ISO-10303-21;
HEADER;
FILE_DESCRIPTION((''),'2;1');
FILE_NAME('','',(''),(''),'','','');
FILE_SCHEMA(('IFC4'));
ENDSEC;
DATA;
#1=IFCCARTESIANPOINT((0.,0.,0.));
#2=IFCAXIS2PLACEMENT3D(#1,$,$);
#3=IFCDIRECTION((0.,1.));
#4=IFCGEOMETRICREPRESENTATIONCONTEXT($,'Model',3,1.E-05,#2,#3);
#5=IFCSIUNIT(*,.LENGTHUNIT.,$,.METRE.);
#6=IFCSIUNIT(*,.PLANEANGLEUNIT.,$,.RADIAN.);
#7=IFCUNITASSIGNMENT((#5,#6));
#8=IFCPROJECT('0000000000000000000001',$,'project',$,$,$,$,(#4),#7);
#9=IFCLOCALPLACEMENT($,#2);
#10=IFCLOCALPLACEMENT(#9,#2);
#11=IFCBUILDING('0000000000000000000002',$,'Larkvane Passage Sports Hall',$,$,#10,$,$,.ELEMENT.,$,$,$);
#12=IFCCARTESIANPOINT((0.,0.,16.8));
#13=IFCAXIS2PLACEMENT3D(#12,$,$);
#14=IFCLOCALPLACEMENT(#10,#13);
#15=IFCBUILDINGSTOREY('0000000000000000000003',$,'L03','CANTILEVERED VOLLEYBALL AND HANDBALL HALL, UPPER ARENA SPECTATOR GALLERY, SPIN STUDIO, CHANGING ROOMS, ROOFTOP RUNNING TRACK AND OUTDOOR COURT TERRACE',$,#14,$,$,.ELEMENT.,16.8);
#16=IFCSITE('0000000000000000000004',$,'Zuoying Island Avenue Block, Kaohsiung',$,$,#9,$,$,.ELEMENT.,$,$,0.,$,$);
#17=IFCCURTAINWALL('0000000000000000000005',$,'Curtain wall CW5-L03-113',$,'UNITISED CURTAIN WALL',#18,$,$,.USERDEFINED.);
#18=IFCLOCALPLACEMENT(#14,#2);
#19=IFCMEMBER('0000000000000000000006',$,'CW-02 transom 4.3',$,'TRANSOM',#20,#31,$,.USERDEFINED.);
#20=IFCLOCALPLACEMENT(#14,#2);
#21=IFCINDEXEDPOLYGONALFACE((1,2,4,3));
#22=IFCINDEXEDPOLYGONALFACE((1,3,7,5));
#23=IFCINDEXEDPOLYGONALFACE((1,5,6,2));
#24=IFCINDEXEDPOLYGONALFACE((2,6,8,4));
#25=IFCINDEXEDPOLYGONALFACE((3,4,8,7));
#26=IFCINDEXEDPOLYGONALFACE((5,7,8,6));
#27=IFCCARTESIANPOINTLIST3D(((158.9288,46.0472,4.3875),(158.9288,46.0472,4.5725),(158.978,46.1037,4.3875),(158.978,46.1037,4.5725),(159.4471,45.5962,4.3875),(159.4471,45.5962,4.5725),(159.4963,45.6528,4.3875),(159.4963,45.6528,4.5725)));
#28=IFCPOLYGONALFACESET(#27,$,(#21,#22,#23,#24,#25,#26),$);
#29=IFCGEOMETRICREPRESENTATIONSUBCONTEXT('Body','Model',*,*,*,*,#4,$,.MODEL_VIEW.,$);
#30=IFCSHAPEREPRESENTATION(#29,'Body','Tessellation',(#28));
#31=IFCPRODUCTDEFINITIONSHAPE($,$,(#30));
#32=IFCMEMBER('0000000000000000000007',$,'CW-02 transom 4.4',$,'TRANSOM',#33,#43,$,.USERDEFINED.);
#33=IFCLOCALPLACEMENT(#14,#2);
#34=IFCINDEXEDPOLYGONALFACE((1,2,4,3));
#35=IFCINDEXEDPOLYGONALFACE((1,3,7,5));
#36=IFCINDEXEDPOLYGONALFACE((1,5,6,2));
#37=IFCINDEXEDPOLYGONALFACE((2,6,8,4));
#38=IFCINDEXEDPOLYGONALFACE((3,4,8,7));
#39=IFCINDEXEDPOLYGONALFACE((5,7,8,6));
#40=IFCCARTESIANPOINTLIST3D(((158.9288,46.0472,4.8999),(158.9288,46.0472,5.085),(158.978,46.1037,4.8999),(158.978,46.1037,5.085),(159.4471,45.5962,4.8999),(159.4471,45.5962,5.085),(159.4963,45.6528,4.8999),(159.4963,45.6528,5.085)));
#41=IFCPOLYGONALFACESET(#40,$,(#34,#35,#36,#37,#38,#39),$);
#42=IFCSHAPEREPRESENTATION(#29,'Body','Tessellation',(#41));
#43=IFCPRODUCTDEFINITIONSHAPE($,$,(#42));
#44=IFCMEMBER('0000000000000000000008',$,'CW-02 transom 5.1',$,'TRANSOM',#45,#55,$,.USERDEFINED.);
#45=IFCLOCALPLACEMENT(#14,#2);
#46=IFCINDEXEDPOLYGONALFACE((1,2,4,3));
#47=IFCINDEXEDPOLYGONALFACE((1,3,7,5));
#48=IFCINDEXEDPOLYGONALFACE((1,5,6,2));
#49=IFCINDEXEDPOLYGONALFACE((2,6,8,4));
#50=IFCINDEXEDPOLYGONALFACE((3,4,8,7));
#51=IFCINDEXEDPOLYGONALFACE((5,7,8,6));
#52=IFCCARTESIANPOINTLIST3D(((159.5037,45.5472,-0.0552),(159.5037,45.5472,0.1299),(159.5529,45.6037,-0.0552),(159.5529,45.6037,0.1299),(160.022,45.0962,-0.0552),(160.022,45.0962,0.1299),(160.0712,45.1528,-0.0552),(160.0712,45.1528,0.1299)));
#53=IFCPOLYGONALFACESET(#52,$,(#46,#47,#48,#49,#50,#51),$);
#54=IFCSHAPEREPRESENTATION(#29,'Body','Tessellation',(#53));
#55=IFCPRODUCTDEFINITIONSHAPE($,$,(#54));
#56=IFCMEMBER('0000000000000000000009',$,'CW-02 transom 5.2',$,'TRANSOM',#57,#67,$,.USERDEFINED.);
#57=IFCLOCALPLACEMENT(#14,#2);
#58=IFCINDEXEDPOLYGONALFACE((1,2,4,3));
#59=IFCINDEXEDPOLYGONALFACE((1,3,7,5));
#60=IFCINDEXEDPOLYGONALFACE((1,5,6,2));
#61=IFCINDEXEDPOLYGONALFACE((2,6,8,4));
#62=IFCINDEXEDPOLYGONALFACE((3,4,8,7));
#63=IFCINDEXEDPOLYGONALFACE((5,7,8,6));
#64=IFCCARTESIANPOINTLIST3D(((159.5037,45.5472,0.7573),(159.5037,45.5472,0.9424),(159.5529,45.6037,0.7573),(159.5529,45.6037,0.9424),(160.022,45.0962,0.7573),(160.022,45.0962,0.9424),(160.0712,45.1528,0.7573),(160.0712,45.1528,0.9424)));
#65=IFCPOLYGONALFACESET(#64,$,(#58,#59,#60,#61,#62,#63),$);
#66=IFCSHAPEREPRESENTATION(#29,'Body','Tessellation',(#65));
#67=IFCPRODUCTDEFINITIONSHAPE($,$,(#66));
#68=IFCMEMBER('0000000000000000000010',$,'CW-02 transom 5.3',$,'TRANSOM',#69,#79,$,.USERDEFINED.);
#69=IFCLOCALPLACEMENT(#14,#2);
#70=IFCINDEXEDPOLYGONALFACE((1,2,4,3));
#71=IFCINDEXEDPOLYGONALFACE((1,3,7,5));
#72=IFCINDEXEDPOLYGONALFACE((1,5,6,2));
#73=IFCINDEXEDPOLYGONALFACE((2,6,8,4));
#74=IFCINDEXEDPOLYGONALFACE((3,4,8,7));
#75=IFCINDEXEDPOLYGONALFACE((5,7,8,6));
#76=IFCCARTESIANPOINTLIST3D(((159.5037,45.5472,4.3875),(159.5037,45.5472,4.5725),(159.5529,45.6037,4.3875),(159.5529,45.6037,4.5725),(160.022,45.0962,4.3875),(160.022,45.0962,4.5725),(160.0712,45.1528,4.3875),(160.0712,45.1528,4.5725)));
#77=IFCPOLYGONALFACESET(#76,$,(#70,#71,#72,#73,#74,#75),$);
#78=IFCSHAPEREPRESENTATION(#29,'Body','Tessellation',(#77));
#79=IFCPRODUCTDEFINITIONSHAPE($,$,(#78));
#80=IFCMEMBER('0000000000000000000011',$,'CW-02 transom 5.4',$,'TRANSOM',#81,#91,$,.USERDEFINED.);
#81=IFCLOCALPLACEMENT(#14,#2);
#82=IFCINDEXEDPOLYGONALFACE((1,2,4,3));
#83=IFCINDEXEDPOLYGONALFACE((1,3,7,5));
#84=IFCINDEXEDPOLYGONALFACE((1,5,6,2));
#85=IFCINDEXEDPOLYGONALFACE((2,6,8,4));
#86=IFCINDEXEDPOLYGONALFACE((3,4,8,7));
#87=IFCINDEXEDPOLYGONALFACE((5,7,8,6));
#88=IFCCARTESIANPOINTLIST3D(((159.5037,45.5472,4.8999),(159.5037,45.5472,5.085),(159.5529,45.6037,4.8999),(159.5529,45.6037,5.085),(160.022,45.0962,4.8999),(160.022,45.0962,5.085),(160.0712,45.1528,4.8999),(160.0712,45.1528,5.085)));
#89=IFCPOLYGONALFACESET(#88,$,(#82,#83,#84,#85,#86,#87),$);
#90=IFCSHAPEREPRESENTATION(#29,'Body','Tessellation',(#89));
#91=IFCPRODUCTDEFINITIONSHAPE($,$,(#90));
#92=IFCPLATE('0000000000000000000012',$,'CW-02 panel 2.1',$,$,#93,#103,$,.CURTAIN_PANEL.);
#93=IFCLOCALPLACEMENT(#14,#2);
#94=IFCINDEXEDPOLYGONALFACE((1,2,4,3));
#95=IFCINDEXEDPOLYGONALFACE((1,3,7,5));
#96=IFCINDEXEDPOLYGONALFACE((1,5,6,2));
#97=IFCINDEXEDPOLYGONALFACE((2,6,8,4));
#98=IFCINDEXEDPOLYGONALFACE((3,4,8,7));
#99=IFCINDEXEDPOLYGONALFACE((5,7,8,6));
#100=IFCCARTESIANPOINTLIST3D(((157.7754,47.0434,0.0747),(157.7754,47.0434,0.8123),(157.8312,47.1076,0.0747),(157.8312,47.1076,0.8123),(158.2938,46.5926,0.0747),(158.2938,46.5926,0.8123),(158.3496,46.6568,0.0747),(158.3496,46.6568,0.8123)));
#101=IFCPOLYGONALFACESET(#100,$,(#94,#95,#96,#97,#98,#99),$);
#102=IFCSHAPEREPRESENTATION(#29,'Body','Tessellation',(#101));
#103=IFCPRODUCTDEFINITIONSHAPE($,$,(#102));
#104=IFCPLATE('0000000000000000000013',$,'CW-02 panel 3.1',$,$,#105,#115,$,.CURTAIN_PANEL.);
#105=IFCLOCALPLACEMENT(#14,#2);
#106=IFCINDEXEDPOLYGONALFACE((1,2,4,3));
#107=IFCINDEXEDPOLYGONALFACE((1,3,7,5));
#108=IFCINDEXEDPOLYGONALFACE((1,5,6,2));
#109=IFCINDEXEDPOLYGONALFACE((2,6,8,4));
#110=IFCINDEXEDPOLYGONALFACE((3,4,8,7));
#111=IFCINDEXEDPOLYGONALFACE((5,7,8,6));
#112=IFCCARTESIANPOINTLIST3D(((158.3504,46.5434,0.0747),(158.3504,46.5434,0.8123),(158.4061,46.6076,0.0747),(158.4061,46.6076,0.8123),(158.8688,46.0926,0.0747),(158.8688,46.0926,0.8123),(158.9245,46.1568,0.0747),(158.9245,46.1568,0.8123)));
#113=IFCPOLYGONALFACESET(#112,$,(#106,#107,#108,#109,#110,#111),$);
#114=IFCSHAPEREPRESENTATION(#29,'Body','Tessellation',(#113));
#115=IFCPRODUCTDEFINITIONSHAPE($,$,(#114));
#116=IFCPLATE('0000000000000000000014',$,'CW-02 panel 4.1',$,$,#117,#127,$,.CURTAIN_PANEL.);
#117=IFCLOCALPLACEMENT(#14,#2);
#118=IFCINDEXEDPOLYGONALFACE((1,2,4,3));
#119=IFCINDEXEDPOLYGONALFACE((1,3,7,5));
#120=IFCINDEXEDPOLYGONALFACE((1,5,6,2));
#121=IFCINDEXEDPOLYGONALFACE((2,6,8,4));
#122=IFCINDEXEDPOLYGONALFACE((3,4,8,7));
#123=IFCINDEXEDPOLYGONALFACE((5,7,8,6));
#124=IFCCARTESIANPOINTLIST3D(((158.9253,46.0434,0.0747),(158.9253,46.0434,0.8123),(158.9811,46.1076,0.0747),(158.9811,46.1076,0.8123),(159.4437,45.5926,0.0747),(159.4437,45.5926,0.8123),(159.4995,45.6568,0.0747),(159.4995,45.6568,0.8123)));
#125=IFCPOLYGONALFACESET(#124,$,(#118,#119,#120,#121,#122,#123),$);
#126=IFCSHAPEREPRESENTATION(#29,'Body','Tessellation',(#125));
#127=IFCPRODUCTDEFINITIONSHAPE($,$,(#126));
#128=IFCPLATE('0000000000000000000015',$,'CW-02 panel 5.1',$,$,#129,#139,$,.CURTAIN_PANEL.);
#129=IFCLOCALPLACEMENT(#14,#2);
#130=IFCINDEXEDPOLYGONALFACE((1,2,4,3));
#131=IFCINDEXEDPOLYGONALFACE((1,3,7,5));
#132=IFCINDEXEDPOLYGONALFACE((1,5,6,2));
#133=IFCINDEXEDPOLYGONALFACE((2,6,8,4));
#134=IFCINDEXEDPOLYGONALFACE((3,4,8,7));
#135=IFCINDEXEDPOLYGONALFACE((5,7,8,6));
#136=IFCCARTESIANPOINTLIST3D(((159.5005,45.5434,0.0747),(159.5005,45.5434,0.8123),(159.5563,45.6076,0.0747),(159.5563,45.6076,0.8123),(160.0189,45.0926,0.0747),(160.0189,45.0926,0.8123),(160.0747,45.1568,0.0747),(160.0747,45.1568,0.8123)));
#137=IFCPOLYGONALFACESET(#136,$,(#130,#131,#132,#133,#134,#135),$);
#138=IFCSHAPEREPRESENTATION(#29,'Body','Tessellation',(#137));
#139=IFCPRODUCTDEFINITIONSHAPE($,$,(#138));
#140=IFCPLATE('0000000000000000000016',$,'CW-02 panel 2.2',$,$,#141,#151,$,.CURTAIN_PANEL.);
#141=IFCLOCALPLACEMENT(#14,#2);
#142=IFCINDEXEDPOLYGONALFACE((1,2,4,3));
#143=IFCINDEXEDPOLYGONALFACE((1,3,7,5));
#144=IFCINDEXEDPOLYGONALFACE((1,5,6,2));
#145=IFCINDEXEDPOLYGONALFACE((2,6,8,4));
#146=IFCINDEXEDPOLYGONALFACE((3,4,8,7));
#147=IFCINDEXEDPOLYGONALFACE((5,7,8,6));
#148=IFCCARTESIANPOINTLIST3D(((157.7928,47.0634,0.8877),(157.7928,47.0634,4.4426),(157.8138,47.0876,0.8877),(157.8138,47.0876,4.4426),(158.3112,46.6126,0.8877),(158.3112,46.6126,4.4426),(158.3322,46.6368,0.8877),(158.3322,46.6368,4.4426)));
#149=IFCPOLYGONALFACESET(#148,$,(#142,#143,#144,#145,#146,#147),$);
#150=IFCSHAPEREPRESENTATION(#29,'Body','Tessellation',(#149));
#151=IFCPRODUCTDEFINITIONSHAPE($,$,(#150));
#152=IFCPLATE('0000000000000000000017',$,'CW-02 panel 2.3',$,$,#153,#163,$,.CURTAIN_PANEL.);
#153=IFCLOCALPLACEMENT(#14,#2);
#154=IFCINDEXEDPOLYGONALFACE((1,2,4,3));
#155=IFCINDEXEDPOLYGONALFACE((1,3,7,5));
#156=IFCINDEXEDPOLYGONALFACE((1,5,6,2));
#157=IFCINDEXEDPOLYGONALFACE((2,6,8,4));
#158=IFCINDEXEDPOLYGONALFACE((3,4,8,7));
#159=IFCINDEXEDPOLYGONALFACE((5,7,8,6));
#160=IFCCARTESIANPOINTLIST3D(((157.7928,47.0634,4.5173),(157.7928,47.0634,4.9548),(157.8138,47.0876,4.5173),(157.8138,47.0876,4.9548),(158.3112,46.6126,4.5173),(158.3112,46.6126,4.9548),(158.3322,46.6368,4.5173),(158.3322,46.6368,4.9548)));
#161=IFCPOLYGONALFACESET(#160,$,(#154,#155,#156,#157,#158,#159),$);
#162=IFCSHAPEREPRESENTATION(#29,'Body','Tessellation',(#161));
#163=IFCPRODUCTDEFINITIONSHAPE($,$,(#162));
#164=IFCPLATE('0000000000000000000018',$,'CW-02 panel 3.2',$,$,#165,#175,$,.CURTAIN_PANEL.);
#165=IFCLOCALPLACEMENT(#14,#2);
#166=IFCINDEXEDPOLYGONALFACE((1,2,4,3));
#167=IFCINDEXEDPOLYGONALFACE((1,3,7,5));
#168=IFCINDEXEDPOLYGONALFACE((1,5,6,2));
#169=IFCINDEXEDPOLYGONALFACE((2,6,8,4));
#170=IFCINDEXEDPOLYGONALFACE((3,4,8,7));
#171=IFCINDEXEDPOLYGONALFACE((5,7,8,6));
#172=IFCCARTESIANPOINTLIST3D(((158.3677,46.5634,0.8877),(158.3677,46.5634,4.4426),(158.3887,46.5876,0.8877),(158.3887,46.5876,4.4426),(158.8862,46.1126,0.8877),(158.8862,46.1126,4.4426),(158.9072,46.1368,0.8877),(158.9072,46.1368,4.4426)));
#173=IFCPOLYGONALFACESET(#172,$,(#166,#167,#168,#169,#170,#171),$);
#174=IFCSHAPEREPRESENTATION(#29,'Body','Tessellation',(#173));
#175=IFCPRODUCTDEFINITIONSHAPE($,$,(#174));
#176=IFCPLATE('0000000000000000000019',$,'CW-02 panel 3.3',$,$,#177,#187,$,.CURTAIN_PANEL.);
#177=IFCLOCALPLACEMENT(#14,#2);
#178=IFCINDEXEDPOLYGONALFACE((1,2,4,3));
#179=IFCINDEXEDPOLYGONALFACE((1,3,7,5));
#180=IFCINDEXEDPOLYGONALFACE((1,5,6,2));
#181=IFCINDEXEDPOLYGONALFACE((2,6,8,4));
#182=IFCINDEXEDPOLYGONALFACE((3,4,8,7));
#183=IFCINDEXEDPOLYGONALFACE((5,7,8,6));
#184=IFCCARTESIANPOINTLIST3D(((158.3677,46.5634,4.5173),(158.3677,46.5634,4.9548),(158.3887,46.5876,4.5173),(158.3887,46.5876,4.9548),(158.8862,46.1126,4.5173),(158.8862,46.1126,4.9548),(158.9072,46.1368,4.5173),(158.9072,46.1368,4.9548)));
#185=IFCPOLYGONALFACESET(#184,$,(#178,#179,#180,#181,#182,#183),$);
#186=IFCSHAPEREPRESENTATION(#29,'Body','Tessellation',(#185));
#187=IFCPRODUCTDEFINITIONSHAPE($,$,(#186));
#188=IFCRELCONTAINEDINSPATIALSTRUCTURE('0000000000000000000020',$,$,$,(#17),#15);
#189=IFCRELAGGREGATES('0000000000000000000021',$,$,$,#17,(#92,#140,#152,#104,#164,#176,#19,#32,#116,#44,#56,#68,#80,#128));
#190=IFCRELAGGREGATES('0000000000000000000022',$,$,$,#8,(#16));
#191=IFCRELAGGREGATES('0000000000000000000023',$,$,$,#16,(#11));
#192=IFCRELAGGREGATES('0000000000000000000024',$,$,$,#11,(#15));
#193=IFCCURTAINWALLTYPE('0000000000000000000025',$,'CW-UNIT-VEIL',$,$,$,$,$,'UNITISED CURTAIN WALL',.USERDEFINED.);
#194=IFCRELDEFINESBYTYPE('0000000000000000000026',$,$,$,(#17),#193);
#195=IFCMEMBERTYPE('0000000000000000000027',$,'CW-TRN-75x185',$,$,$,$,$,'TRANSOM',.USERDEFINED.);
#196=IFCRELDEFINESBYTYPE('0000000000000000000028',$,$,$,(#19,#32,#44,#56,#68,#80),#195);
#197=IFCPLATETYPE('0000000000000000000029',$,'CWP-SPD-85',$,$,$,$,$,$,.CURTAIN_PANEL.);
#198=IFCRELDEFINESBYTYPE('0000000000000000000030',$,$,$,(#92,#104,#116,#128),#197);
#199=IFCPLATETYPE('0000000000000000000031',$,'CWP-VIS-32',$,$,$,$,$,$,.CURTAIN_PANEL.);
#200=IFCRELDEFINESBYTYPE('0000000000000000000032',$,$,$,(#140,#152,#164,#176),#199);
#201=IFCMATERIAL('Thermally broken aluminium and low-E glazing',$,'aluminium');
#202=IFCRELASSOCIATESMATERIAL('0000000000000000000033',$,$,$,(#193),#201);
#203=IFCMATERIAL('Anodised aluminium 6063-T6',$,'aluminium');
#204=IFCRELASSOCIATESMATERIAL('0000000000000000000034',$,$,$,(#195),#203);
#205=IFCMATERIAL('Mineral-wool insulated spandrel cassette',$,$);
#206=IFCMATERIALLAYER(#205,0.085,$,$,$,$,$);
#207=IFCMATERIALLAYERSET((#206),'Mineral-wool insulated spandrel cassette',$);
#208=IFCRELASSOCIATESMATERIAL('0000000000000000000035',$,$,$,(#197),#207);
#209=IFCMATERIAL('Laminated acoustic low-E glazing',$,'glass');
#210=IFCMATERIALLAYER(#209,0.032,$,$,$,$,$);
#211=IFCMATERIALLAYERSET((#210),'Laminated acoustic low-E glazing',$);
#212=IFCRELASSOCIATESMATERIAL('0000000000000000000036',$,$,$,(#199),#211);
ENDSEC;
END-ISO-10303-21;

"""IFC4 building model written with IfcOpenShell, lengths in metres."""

from ifc_helpers import new_model, si_unit, direction, frame, origin, origin_2d, place, context, subcontext, project, spatial, rectangle, extrude, material, layer, layer_set, material_profile, profile_set, type_object, element, aggregate, save


model = new_model("IFC4")

# Units and contexts
model_context = context("Model", 3, precision=1e-05, world=origin(), true_north=direction((0.0, 1.0)))
body_context = subcontext(model_context, "Body", "Model", "MODEL_VIEW")
ifc_project = project(units=[si_unit("LENGTHUNIT", "METRE"), si_unit("PLANEANGLEUNIT", "RADIAN")], contexts=[model_context])

# Site, building, storey
site_placement = place(None, origin())
site = spatial("IfcSite", under=ifc_project, at=site_placement, Name="Zuoying Island Avenue Block, Kaohsiung", CompositionType="ELEMENT", RefElevation=0.0)
building_placement = place(site_placement, origin())
building = spatial("IfcBuilding", under=site, at=building_placement, Name="Larkvane Passage Sports Hall", CompositionType="ELEMENT")
storey_placement = place(building_placement, frame((0.0, 0.0, 16.8)))
storey = spatial("IfcBuildingStorey", under=building, at=storey_placement, Name="L03", Description="CANTILEVERED VOLLEYBALL AND HANDBALL HALL, UPPER ARENA SPECTATOR GALLERY, SPIN STUDIO, CHANGING ROOMS, ROOFTOP RUNNING TRACK AND OUTDOOR COURT TERRACE", CompositionType="ELEMENT", Elevation=16.8)

# Curtain wall, members, plates
ifc_material_1 = material(Name="Thermally broken aluminium and low-E glazing", Category="aluminium")
curtain_wall_type = type_object("IfcCurtainWallType", Name="CW-UNIT-VEIL", ElementType="UNITISED CURTAIN WALL", PredefinedType="USERDEFINED", material=ifc_material_1)
curtain_wall_placement = place(storey_placement, origin())
curtain_wall = element("IfcCurtainWall", 1, at=curtain_wall_placement, inside=storey, type_object=curtain_wall_type, Name="Curtain wall CW5-L03-113", ObjectType="UNITISED CURTAIN WALL", PredefinedType="USERDEFINED")
ifc_material_2 = material(Name="Anodised aluminium 6063-T6", Category="aluminium")
ifc_material_profile_1 = material_profile(ifc_material_2, rectangle(XDim=0.075, YDim=0.1851, at=origin_2d()), Name="ALU-TRN-75x185")
ifc_profile_set_1 = profile_set([ifc_material_profile_1], Name="Anodised aluminium 6063-T6")
member_type_1 = type_object("IfcMemberType", Name="CW-TRN-75x185", ElementType="TRANSOM", PredefinedType="USERDEFINED", material=ifc_profile_set_1)
member_1_placement = place(storey_placement, frame((158.9534, 46.0754, 4.48), z_axis=(0.754445, -0.656363, 0.0), x_axis=(0.656363, 0.754445, 0.0)))
member_1 = element("IfcMember", 2, at=member_1_placement, type_object=member_type_1, Name="CW-02 transom 4.3", ObjectType="TRANSOM", PredefinedType="USERDEFINED", context=body_context, shape_type="SweptSolid", body=[
    extrude(rectangle(XDim=0.075, YDim=0.1851, at=origin_2d()), origin(), (0.0, 0.0, 1.0), 0.687),
])
member_2_placement = place(storey_placement, frame((158.9534, 46.0754, 4.9924), z_axis=(0.754445, -0.656363, 0.0), x_axis=(0.656363, 0.754445, 0.0)))
member_2 = element("IfcMember", 3, at=member_2_placement, type_object=member_type_1, Name="CW-02 transom 4.4", ObjectType="TRANSOM", PredefinedType="USERDEFINED", context=body_context, shape_type="SweptSolid", body=[
    extrude(rectangle(XDim=0.075, YDim=0.1851, at=origin_2d()), origin(), (0.0, 0.0, 1.0), 0.687),
])
member_3_placement = place(storey_placement, frame((159.5283, 45.5754, 0.0374), z_axis=(0.754445, -0.656363, 0.0), x_axis=(0.656363, 0.754445, 0.0)))
member_3 = element("IfcMember", 4, at=member_3_placement, type_object=member_type_1, Name="CW-02 transom 5.1", ObjectType="TRANSOM", PredefinedType="USERDEFINED", context=body_context, shape_type="SweptSolid", body=[
    extrude(rectangle(XDim=0.075, YDim=0.1851, at=origin_2d()), origin(), (0.0, 0.0, 1.0), 0.687),
])
member_4_placement = place(storey_placement, frame((159.5283, 45.5754, 0.8499), z_axis=(0.754445, -0.656363, 0.0), x_axis=(0.656363, 0.754445, 0.0)))
member_4 = element("IfcMember", 5, at=member_4_placement, type_object=member_type_1, Name="CW-02 transom 5.2", ObjectType="TRANSOM", PredefinedType="USERDEFINED", context=body_context, shape_type="SweptSolid", body=[
    extrude(rectangle(XDim=0.075, YDim=0.1851, at=origin_2d()), origin(), (0.0, 0.0, 1.0), 0.687),
])
member_5_placement = place(storey_placement, frame((159.5283, 45.5754, 4.48), z_axis=(0.754445, -0.656363, 0.0), x_axis=(0.656363, 0.754445, 0.0)))
member_5 = element("IfcMember", 6, at=member_5_placement, type_object=member_type_1, Name="CW-02 transom 5.3", ObjectType="TRANSOM", PredefinedType="USERDEFINED", context=body_context, shape_type="SweptSolid", body=[
    extrude(rectangle(XDim=0.075, YDim=0.1851, at=origin_2d()), origin(), (0.0, 0.0, 1.0), 0.687),
])
member_6_placement = place(storey_placement, frame((159.5283, 45.5754, 4.9924), z_axis=(0.754445, -0.656363, 0.0), x_axis=(0.656363, 0.754445, 0.0)))
member_6 = element("IfcMember", 7, at=member_6_placement, type_object=member_type_1, Name="CW-02 transom 5.4", ObjectType="TRANSOM", PredefinedType="USERDEFINED", context=body_context, shape_type="SweptSolid", body=[
    extrude(rectangle(XDim=0.075, YDim=0.1851, at=origin_2d()), origin(), (0.0, 0.0, 1.0), 0.687),
])
ifc_material_3 = material(Name="Mineral-wool insulated spandrel cassette")
ifc_layer_1 = layer(ifc_material_3, 0.085)
ifc_layer_set_1 = layer_set([ifc_layer_1], Name="Mineral-wool insulated spandrel cassette")
plate_type_1 = type_object("IfcPlateType", Name="CWP-SPD-85", PredefinedType="CURTAIN_PANEL", material=ifc_layer_set_1)
plate_1_placement = place(storey_placement, frame((158.0625, 46.8501, 0.0747), z_axis=(0.0, 0.0, 1.0), x_axis=(0.754606, -0.656179, 0.0)))
plate_1 = element("IfcPlate", 8, at=plate_1_placement, type_object=plate_type_1, Name="CW-02 panel 2.1", PredefinedType="CURTAIN_PANEL", context=body_context, shape_type="SweptSolid", body=[
    extrude(rectangle(XDim=0.687, YDim=0.085, at=origin_2d()), origin(), (0.0, 0.0, 1.0), 0.7375),
])
plate_2_placement = place(storey_placement, frame((158.6375, 46.3501, 0.0747), z_axis=(0.0, 0.0, 1.0), x_axis=(0.754606, -0.656179, 0.0)))
plate_2 = element("IfcPlate", 9, at=plate_2_placement, type_object=plate_type_1, Name="CW-02 panel 3.1", PredefinedType="CURTAIN_PANEL", context=body_context, shape_type="SweptSolid", body=[
    extrude(rectangle(XDim=0.687, YDim=0.085, at=origin_2d()), origin(), (0.0, 0.0, 1.0), 0.7375),
])
plate_3_placement = place(storey_placement, frame((159.2124, 45.8501, 0.0747), z_axis=(0.0, 0.0, 1.0), x_axis=(0.754606, -0.656179, 0.0)))
plate_3 = element("IfcPlate", 10, at=plate_3_placement, type_object=plate_type_1, Name="CW-02 panel 4.1", PredefinedType="CURTAIN_PANEL", context=body_context, shape_type="SweptSolid", body=[
    extrude(rectangle(XDim=0.687, YDim=0.085, at=origin_2d()), origin(), (0.0, 0.0, 1.0), 0.7375),
])
plate_4_placement = place(storey_placement, frame((159.7876, 45.3501, 0.0747), z_axis=(0.0, 0.0, 1.0), x_axis=(0.754606, -0.656179, 0.0)))
plate_4 = element("IfcPlate", 11, at=plate_4_placement, type_object=plate_type_1, Name="CW-02 panel 5.1", PredefinedType="CURTAIN_PANEL", context=body_context, shape_type="SweptSolid", body=[
    extrude(rectangle(XDim=0.687, YDim=0.085, at=origin_2d()), origin(), (0.0, 0.0, 1.0), 0.7375),
])
ifc_material_4 = material(Name="Laminated acoustic low-E glazing", Category="glass")
ifc_layer_2 = layer(ifc_material_4, 0.032)
ifc_layer_set_2 = layer_set([ifc_layer_2], Name="Laminated acoustic low-E glazing")
plate_type_2 = type_object("IfcPlateType", Name="CWP-VIS-32", PredefinedType="CURTAIN_PANEL", material=ifc_layer_set_2)
plate_5_placement = place(storey_placement, frame((158.0625, 46.8501, 0.8877), z_axis=(0.0, 0.0, 1.0), x_axis=(0.754606, -0.656179, 0.0)))
plate_5 = element("IfcPlate", 12, at=plate_5_placement, type_object=plate_type_2, Name="CW-02 panel 2.2", PredefinedType="CURTAIN_PANEL", context=body_context, shape_type="SweptSolid", body=[
    extrude(rectangle(XDim=0.687, YDim=0.032, at=origin_2d()), origin(), (0.0, 0.0, 1.0), 3.5549),
])
plate_6_placement = place(storey_placement, frame((158.0625, 46.8501, 4.5173), z_axis=(0.0, 0.0, 1.0), x_axis=(0.754606, -0.656179, 0.0)))
plate_6 = element("IfcPlate", 13, at=plate_6_placement, type_object=plate_type_2, Name="CW-02 panel 2.3", PredefinedType="CURTAIN_PANEL", context=body_context, shape_type="SweptSolid", body=[
    extrude(rectangle(XDim=0.687, YDim=0.032, at=origin_2d()), origin(), (0.0, 0.0, 1.0), 0.4375),
])
plate_7_placement = place(storey_placement, frame((158.6375, 46.3501, 0.8877), z_axis=(0.0, 0.0, 1.0), x_axis=(0.754606, -0.656179, 0.0)))
plate_7 = element("IfcPlate", 14, at=plate_7_placement, type_object=plate_type_2, Name="CW-02 panel 3.2", PredefinedType="CURTAIN_PANEL", context=body_context, shape_type="SweptSolid", body=[
    extrude(rectangle(XDim=0.687, YDim=0.032, at=origin_2d()), origin(), (0.0, 0.0, 1.0), 3.5549),
])
plate_8_placement = place(storey_placement, frame((158.6375, 46.3501, 4.5173), z_axis=(0.0, 0.0, 1.0), x_axis=(0.754606, -0.656179, 0.0)))
plate_8 = element("IfcPlate", 15, at=plate_8_placement, type_object=plate_type_2, Name="CW-02 panel 3.3", PredefinedType="CURTAIN_PANEL", context=body_context, shape_type="SweptSolid", body=[
    extrude(rectangle(XDim=0.687, YDim=0.032, at=origin_2d()), origin(), (0.0, 0.0, 1.0), 0.4375),
])
aggregate(curtain_wall, [plate_1, plate_5, plate_6, plate_2, plate_7, plate_8, member_1, member_2, plate_3, member_3, member_4, member_5, member_6, plate_4])

save(model, "model.ifc")
